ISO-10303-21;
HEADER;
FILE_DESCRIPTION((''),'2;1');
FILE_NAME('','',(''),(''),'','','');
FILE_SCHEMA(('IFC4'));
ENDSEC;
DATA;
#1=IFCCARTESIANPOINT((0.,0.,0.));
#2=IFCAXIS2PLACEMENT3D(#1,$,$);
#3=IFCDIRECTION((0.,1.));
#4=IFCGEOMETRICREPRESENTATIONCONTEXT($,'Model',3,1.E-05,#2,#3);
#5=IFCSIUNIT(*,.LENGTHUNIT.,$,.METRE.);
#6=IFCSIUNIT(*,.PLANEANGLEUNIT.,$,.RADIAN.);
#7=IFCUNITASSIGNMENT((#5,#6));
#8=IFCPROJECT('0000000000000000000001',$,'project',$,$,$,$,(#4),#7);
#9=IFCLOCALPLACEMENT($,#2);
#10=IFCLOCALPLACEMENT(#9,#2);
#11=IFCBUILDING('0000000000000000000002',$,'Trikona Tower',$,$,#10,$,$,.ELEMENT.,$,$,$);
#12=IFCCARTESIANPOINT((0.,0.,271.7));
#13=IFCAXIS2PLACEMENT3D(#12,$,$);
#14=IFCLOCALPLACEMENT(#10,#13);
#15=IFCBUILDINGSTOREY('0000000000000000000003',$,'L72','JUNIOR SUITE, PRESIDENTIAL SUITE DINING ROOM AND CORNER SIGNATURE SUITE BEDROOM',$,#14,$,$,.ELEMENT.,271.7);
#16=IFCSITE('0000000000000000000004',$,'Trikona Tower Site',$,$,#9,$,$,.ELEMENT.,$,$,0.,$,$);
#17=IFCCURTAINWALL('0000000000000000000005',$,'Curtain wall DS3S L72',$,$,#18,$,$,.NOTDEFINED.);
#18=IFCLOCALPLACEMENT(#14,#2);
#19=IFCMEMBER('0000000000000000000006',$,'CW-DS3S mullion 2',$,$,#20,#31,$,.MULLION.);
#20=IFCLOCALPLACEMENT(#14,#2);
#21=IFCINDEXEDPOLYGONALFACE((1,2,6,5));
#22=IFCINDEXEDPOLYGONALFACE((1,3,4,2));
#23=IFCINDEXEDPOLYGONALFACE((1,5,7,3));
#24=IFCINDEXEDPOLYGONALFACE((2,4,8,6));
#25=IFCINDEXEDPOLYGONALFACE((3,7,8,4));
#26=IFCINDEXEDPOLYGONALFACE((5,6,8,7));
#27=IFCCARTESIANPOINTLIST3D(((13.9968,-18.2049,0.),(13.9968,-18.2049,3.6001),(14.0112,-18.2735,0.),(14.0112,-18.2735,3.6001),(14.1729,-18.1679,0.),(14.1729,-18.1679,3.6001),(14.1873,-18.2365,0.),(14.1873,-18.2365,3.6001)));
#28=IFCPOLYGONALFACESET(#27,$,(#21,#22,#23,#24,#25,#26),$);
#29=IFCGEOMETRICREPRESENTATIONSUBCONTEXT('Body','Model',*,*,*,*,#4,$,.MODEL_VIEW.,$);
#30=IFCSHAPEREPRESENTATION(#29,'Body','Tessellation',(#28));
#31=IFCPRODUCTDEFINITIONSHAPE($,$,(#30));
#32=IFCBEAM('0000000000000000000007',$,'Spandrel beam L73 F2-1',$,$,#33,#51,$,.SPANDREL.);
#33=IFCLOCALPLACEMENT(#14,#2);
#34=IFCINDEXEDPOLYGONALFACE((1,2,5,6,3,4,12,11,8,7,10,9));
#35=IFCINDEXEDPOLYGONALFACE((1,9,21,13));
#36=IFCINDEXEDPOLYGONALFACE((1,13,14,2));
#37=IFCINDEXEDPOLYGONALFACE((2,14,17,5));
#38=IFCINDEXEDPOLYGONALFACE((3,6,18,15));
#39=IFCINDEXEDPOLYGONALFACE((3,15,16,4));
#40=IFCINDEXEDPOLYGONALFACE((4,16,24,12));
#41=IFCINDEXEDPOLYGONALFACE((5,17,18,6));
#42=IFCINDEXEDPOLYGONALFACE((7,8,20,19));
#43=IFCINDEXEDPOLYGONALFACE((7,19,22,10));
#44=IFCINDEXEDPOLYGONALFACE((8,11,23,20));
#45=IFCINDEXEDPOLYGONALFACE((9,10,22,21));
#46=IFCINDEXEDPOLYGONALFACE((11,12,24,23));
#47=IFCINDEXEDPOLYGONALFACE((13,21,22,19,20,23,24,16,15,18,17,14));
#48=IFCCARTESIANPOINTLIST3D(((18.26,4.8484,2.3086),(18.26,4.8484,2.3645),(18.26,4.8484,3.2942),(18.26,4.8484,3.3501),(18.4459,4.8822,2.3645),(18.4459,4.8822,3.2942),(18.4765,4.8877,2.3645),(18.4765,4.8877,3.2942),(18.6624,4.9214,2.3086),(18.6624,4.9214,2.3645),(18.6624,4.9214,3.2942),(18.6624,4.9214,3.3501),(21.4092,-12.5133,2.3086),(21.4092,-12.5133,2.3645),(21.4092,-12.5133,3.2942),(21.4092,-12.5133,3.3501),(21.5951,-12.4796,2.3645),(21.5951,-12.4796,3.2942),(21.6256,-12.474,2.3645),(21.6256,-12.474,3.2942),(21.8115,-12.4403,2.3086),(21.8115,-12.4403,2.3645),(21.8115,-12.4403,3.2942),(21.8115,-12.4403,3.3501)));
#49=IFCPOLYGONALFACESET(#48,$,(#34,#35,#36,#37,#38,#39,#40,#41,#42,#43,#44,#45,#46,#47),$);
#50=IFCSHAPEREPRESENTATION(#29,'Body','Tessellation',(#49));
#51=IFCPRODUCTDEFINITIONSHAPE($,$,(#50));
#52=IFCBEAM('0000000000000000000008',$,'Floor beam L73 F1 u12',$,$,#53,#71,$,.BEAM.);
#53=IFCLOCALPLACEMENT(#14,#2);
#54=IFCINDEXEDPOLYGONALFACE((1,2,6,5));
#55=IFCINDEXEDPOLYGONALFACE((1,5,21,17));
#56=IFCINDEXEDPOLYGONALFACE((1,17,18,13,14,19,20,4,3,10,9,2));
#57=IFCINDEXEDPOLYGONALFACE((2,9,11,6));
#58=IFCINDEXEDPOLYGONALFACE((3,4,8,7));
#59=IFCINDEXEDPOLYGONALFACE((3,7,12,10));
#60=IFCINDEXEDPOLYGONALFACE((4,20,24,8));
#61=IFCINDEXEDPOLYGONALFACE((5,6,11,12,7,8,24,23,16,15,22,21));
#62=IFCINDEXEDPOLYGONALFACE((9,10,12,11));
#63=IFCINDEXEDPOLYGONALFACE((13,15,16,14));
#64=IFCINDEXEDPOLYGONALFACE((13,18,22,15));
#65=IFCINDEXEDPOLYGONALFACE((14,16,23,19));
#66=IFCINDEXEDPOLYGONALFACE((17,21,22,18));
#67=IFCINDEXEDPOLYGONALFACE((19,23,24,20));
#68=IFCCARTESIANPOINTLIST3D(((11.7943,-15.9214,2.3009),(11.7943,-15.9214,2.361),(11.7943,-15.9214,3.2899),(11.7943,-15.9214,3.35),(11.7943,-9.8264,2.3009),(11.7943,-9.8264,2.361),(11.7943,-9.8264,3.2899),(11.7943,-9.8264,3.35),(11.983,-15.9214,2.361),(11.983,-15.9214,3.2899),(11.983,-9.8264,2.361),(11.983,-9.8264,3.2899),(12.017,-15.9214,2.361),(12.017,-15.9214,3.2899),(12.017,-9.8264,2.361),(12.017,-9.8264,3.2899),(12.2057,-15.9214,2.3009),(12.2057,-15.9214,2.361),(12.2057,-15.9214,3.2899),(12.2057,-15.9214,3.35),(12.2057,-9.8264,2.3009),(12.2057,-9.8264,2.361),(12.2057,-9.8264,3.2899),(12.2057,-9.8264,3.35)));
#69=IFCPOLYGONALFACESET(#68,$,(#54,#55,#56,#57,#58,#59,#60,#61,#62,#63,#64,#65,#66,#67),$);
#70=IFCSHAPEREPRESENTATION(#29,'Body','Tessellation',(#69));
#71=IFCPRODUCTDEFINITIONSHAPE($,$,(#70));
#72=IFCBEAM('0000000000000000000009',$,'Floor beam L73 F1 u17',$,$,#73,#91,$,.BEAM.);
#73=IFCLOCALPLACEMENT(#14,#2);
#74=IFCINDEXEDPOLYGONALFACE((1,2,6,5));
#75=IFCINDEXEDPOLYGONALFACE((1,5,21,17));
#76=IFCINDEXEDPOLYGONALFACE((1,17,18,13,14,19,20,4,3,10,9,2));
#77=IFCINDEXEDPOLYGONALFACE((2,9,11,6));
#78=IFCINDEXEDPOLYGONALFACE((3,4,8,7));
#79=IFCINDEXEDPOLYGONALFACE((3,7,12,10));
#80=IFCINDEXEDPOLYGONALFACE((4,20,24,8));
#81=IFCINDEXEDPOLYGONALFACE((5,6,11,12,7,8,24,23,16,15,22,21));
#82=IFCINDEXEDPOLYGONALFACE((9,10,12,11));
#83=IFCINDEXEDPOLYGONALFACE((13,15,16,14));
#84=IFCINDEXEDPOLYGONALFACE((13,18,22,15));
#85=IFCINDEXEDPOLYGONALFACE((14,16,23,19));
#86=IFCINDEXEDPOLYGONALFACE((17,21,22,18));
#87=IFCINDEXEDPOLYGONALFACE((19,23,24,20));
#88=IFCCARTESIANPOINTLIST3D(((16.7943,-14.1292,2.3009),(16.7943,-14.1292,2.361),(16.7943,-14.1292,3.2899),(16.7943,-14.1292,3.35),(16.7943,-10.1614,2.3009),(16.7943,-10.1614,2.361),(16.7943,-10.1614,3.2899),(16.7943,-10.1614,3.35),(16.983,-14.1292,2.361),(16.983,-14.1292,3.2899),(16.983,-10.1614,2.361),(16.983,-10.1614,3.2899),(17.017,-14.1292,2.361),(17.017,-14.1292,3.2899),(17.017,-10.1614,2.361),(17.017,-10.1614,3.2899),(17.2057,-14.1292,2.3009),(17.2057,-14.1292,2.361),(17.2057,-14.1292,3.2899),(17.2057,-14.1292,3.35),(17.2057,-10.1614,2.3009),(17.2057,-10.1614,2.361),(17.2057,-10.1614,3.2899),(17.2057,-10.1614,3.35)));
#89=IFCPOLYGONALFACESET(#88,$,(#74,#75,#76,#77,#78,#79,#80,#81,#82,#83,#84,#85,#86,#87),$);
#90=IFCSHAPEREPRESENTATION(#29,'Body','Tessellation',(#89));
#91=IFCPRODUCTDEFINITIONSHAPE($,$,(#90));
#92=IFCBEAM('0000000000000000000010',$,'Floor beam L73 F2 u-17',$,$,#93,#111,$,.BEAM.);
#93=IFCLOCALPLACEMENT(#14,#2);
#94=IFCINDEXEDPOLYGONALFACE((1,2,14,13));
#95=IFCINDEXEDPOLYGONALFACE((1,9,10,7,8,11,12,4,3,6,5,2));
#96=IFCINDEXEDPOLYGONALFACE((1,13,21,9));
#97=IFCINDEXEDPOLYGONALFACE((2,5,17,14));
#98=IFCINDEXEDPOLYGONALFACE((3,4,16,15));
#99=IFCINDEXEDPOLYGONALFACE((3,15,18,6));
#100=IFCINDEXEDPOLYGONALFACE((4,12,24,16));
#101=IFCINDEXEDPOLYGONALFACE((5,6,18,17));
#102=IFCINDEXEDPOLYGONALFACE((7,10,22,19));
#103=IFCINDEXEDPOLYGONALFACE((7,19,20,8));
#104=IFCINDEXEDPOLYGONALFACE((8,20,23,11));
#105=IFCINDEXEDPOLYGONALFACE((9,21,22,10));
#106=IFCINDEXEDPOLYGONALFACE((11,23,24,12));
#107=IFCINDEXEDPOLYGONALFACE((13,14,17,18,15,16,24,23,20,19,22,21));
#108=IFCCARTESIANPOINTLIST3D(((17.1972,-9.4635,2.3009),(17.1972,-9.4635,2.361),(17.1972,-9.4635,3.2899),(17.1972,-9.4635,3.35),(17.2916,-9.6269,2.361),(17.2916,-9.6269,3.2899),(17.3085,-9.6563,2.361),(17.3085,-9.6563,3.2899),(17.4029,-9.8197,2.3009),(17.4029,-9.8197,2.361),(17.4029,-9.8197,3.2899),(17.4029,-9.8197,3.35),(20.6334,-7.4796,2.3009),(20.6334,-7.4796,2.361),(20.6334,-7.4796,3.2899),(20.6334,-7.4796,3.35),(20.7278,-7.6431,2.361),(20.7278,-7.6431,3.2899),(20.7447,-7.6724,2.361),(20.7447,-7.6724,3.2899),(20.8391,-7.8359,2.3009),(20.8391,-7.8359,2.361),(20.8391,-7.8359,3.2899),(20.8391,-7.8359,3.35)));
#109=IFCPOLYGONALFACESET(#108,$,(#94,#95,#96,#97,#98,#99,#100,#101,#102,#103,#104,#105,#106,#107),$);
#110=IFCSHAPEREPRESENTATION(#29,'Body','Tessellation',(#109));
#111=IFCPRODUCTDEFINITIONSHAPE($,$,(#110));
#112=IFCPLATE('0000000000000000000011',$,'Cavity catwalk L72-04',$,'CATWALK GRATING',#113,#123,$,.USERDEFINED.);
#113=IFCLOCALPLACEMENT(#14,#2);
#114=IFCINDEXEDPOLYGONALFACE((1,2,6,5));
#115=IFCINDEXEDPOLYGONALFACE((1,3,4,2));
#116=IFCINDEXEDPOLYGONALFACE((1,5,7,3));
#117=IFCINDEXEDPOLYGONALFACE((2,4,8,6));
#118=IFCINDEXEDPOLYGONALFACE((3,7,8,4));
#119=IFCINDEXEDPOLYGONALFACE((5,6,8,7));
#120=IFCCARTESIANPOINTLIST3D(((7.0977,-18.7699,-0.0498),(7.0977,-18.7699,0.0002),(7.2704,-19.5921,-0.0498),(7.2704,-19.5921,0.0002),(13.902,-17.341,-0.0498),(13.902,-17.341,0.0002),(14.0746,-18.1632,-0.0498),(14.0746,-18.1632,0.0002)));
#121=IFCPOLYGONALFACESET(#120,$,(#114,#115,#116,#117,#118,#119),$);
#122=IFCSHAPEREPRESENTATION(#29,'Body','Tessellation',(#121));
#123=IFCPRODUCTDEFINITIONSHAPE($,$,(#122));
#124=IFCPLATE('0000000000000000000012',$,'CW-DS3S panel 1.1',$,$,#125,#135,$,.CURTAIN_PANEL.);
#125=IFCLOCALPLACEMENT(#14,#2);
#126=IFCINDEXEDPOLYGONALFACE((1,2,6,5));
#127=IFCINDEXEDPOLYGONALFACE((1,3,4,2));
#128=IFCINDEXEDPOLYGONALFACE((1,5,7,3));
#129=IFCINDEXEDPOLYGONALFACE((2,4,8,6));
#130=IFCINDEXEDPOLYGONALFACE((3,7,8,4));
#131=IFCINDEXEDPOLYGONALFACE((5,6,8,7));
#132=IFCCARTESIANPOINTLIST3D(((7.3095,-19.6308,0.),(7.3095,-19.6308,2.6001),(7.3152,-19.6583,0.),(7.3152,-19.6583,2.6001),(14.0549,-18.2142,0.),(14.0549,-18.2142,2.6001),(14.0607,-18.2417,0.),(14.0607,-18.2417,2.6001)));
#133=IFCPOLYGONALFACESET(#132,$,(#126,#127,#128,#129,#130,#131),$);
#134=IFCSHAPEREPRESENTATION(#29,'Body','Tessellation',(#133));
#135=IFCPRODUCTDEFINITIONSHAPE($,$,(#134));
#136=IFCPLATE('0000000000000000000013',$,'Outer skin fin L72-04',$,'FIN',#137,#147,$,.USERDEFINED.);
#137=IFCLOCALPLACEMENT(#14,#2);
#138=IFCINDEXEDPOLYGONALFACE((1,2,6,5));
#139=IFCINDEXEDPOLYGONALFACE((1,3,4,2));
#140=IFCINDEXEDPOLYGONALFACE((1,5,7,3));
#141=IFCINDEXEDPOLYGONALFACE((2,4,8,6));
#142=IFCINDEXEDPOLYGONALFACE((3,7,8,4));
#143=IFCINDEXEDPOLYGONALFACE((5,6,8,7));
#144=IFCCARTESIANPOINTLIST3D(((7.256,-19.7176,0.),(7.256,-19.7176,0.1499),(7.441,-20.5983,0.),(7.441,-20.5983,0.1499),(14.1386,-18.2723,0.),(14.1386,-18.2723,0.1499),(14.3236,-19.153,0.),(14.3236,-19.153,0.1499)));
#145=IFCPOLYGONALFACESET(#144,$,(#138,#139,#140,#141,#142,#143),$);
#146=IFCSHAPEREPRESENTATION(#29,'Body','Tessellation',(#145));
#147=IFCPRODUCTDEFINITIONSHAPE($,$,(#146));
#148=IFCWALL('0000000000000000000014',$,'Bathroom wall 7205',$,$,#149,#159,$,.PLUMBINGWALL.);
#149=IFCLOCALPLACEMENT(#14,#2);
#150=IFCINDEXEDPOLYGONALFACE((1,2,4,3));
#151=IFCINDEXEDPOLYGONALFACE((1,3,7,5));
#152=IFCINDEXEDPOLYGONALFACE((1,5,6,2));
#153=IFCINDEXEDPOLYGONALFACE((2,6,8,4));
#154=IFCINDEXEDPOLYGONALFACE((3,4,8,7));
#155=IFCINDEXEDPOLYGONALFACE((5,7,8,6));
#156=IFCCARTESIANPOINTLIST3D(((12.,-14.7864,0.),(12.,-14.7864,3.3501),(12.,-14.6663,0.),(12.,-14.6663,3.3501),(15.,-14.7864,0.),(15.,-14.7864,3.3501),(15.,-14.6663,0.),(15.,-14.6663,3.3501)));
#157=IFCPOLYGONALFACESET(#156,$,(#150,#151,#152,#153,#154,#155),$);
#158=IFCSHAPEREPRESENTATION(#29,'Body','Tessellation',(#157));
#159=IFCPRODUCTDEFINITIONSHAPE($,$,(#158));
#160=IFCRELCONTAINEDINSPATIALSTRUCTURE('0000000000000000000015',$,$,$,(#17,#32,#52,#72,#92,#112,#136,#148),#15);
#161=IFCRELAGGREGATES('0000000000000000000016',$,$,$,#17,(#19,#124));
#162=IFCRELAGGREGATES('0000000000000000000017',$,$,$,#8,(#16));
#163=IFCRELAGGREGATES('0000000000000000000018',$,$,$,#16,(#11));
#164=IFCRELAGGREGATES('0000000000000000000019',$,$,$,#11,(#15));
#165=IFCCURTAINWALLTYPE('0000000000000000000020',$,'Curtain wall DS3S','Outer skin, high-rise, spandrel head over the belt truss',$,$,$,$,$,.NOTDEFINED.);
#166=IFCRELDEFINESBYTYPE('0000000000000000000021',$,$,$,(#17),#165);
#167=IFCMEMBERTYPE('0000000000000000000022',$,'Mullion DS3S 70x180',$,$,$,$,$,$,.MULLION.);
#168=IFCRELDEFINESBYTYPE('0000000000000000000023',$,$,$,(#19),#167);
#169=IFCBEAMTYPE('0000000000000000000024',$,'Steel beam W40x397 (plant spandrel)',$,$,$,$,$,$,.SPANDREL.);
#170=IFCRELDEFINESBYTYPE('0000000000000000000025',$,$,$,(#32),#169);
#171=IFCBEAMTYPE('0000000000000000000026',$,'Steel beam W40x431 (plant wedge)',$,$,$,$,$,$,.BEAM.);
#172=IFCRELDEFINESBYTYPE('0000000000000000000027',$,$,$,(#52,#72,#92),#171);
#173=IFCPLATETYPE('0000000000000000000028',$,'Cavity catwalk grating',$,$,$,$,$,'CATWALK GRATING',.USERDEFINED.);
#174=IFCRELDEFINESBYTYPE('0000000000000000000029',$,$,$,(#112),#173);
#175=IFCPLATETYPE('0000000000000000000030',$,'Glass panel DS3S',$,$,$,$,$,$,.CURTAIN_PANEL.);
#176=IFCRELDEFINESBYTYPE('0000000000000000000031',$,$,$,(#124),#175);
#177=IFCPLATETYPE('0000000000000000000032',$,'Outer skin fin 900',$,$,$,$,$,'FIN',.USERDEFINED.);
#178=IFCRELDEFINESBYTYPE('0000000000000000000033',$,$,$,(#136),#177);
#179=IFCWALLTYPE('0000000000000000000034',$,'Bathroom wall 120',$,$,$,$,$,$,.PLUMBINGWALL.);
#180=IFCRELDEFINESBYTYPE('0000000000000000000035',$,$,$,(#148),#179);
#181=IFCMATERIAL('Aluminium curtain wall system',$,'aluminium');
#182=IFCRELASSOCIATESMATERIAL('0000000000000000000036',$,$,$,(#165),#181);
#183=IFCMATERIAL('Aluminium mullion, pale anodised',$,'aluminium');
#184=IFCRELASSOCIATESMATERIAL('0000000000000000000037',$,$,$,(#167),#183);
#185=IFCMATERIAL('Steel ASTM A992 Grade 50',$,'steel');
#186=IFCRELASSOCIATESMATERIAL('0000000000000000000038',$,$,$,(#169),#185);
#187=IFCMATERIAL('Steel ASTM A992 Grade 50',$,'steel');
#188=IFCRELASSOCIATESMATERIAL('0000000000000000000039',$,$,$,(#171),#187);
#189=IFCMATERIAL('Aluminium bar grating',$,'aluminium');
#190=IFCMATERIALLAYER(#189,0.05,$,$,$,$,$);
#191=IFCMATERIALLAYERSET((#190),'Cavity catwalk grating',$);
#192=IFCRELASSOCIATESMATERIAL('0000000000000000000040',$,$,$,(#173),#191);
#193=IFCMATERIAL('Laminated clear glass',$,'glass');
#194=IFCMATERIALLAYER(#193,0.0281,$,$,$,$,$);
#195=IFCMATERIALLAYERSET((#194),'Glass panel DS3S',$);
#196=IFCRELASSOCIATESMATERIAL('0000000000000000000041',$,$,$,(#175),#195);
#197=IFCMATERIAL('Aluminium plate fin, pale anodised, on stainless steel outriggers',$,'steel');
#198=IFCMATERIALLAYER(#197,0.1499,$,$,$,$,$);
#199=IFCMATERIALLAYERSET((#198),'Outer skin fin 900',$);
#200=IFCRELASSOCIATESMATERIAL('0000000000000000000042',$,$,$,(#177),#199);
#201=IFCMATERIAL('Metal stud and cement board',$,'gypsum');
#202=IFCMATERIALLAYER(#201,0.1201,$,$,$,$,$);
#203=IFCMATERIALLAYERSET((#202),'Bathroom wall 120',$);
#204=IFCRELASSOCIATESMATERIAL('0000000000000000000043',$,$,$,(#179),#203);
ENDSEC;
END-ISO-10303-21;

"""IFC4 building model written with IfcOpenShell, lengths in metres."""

from ifc_helpers import new_model, si_unit, direction, frame, frame_2d, origin, origin_2d, place, context, subcontext, project, spatial, rectangle, i_section, extrude, material, layer, layer_set, material_profile, profile_set, type_object, element, aggregate, save


model = new_model("IFC4")

# Units and contexts
model_context = context("Model", 3, precision=1e-05, world=origin(), true_north=direction((0.0, 1.0)))
body_context = subcontext(model_context, "Body", "Model", "MODEL_VIEW")
ifc_project = project(units=[si_unit("LENGTHUNIT", "METRE"), si_unit("PLANEANGLEUNIT", "RADIAN")], contexts=[model_context])

# Site, building, storey
site_placement = place(None, origin())
site = spatial("IfcSite", under=ifc_project, at=site_placement, Name="Trikona Tower Site", CompositionType="ELEMENT", RefElevation=0.0)
building_placement = place(site_placement, origin())
building = spatial("IfcBuilding", under=site, at=building_placement, Name="Trikona Tower", CompositionType="ELEMENT")
storey_placement = place(building_placement, frame((0.0, 0.0, 271.7)))
storey = spatial("IfcBuildingStorey", under=building, at=storey_placement, Name="L72", Description="JUNIOR SUITE, PRESIDENTIAL SUITE DINING ROOM AND CORNER SIGNATURE SUITE BEDROOM", CompositionType="ELEMENT", Elevation=271.7)

# Curtain wall, member
ifc_material_1 = material(Name="Aluminium curtain wall system", Category="aluminium")
curtain_wall_type = type_object("IfcCurtainWallType", Name="Curtain wall DS3S", Description="Outer skin, high-rise, spandrel head over the belt truss", PredefinedType="NOTDEFINED", material=ifc_material_1)
curtain_wall_placement = place(storey_placement, origin())
curtain_wall = element("IfcCurtainWall", 1, at=curtain_wall_placement, inside=storey, type_object=curtain_wall_type, Name="Curtain wall DS3S L72", PredefinedType="NOTDEFINED")
ifc_material_2 = material(Name="Aluminium mullion, pale anodised", Category="aluminium")
ifc_material_profile_1 = material_profile(ifc_material_2, rectangle(XDim=0.0701, YDim=0.1799, at=origin_2d()), Name="MUL-DS3S")
ifc_profile_set_1 = profile_set([ifc_material_profile_1], Name="Aluminium mullion, pale anodised")
member_type = type_object("IfcMemberType", Name="Mullion DS3S 70x180", PredefinedType="MULLION", material=ifc_profile_set_1)
member_placement = place(storey_placement, frame((14.092, -18.2207, 0.0), z_axis=(0.0, 0.0, 1.0), x_axis=(-0.205527, 0.978651, 0.0)))
member = element("IfcMember", 2, at=member_placement, type_object=member_type, Name="CW-DS3S mullion 2", PredefinedType="MULLION", context=body_context, shape_type="SweptSolid", body=[
    extrude(rectangle(XDim=0.0701, YDim=0.1799, at=origin_2d()), origin(), (0.0, 0.0, 1.0), 3.6001),
])

# Beams
ifc_material_3 = material(Name="Steel ASTM A992 Grade 50", Category="steel")
ifc_material_profile_2 = material_profile(ifc_material_3, i_section(OverallWidth=0.4089, OverallDepth=1.0415, WebThickness=0.031, FlangeThickness=0.0559, at=origin_2d()), Name="W40X397")
ifc_profile_set_2 = profile_set([ifc_material_profile_2], Name="Steel ASTM A992 Grade 50")
beam_type_1 = type_object("IfcBeamType", Name="Steel beam W40x397 (plant spandrel)", PredefinedType="SPANDREL", material=ifc_profile_set_2)
beam_1_placement = place(storey_placement, frame((21.6104, -12.4768, 2.8293), z_axis=(-0.178473, 0.983945, 0.0), x_axis=(-0.983945, -0.178473, 0.0)))
element("IfcBeam", 3, at=beam_1_placement, inside=storey, type_object=beam_type_1, Name="Spandrel beam L73 F2-1", PredefinedType="SPANDREL", context=body_context, shape_type="SweptSolid", body=[
    extrude(i_section(OverallWidth=0.4089, OverallDepth=1.0415, WebThickness=0.031, FlangeThickness=0.0559, at=origin_2d()), origin(), (0.0, 0.0, 1.0), 17.645),
])
ifc_material_4 = material(Name="Steel ASTM A992 Grade 50", Category="steel")
ifc_material_profile_3 = material_profile(ifc_material_4, i_section(OverallWidth=0.4114, OverallDepth=1.0491, WebThickness=0.0339, FlangeThickness=0.0601, at=origin_2d()), Name="W40X431")
ifc_profile_set_3 = profile_set([ifc_material_profile_3], Name="Steel ASTM A992 Grade 50")
beam_type_2 = type_object("IfcBeamType", Name="Steel beam W40x431 (plant wedge)", PredefinedType="BEAM", material=ifc_profile_set_3)
beam_2_placement = place(storey_placement, frame((12.0, -9.8264, 2.8254), z_axis=(0.0, -1.0, 0.0), x_axis=(1.0, 0.0, 0.0)))
element("IfcBeam", 4, at=beam_2_placement, inside=storey, type_object=beam_type_2, Name="Floor beam L73 F1 u12", PredefinedType="BEAM", context=body_context, shape_type="SweptSolid", body=[
    extrude(i_section(OverallWidth=0.4114, OverallDepth=1.0491, WebThickness=0.0339, FlangeThickness=0.0601, at=origin_2d()), origin(), (0.0, 0.0, 1.0), 6.095),
])
for number, where, z_axis, x_axis, name in (
    (5, (17.0, -10.1614, 2.8254), (0.0, -1.0, 0.0), (1.0, 0.0, 0.0), "Floor beam L73 F1 u17"),
    (6, (17.3, -9.6416, 2.8254), (0.866031, 0.499991, 0.0), (-0.499991, 0.866031, 0.0), "Floor beam L73 F2 u-17"),
):
    element("IfcBeam", number, at=place(storey_placement, frame(where, z_axis=z_axis, x_axis=x_axis)), inside=storey, type_object=beam_type_2, Name=name, PredefinedType="BEAM", context=body_context, shape_type="SweptSolid", body=[
        extrude(i_section(OverallWidth=0.4114, OverallDepth=1.0491, WebThickness=0.0339, FlangeThickness=0.0601, at=origin_2d()), origin(), (0.0, 0.0, 1.0), 3.9678),
    ])

# Plates
ifc_material_5 = material(Name="Aluminium bar grating", Category="aluminium")
ifc_layer_1 = layer(ifc_material_5, 0.05)
ifc_layer_set_1 = layer_set([ifc_layer_1], Name="Cavity catwalk grating")
plate_type_1 = type_object("IfcPlateType", Name="Cavity catwalk grating", ElementType="CATWALK GRATING", PredefinedType="USERDEFINED", material=ifc_layer_set_1)
plate_1_placement = place(storey_placement, frame((10.5862, -18.4666, -0.0498), z_axis=(0.0, 0.0, 1.0), x_axis=(0.978653, 0.205518, 0.0)))
element("IfcPlate", 7, at=plate_1_placement, inside=storey, type_object=plate_type_1, Name="Cavity catwalk L72-04", ObjectType="CATWALK GRATING", PredefinedType="USERDEFINED", context=body_context, shape_type="SweptSolid", body=[
    extrude(rectangle(XDim=6.9526, YDim=0.8401, at=origin_2d()), origin(), (0.0, 0.0, 1.0), 0.05),
])
ifc_material_6 = material(Name="Laminated clear glass", Category="glass")
ifc_layer_2 = layer(ifc_material_6, 0.0281)
ifc_layer_set_2 = layer_set([ifc_layer_2], Name="Glass panel DS3S")
plate_type_2 = type_object("IfcPlateType", Name="Glass panel DS3S", PredefinedType="CURTAIN_PANEL", material=ifc_layer_set_2)
plate_2_placement = place(storey_placement, frame((10.6851, -18.9363, 0.0), z_axis=(0.0, 0.0, 1.0), x_axis=(0.978651, 0.205527, 0.0)))
plate_2 = element("IfcPlate", 8, at=plate_2_placement, type_object=plate_type_2, Name="CW-DS3S panel 1.1", PredefinedType="CURTAIN_PANEL", context=body_context, shape_type="SweptSolid", body=[
    extrude(rectangle(XDim=6.8926, YDim=0.0281, at=origin_2d()), origin(), (0.0, 0.0, 1.0), 2.6001),
])
aggregate(curtain_wall, [member, plate_2])
ifc_material_7 = material(Name="Aluminium plate fin, pale anodised, on stainless steel outriggers", Category="steel")
ifc_layer_3 = layer(ifc_material_7, 0.1499)
ifc_layer_set_3 = layer_set([ifc_layer_3], Name="Outer skin fin 900")
plate_type_3 = type_object("IfcPlateType", Name="Outer skin fin 900", ElementType="FIN", PredefinedType="USERDEFINED", material=ifc_layer_set_3)
plate_3_placement = place(storey_placement, frame((10.7898, -19.4353, 0.0), z_axis=(0.0, 0.0, 1.0), x_axis=(0.978653, 0.205518, 0.0)))
element("IfcPlate", 9, at=plate_3_placement, inside=storey, type_object=plate_type_3, Name="Outer skin fin L72-04", ObjectType="FIN", PredefinedType="USERDEFINED", context=body_context, shape_type="SweptSolid", body=[
    extrude(rectangle(XDim=7.0327, YDim=0.8999, at=origin_2d()), origin(), (0.0, 0.0, 1.0), 0.1499),
])

# Wall
ifc_material_8 = material(Name="Metal stud and cement board", Category="gypsum")
ifc_layer_4 = layer(ifc_material_8, 0.1201)
ifc_layer_set_4 = layer_set([ifc_layer_4], Name="Bathroom wall 120")
wall_type_1 = type_object("IfcWallType", Name="Bathroom wall 120", PredefinedType="PLUMBINGWALL", material=ifc_layer_set_4)
wall_1_placement = place(storey_placement, frame((12.0, -14.7263, 0.0), z_axis=(0.0, 0.0, 1.0), x_axis=(1.0, 0.0, 0.0)))
element("IfcWall", 10, at=wall_1_placement, inside=storey, type_object=wall_type_1, Name="Bathroom wall 7205", PredefinedType="PLUMBINGWALL", context=body_context, shape_type="SweptSolid", body=[
    extrude(rectangle(XDim=3.0, YDim=0.1201, at=frame_2d((1.5, 0.0))), origin(), (0.0, 0.0, 1.0), 3.3501),
])

save(model, "model.ifc")
